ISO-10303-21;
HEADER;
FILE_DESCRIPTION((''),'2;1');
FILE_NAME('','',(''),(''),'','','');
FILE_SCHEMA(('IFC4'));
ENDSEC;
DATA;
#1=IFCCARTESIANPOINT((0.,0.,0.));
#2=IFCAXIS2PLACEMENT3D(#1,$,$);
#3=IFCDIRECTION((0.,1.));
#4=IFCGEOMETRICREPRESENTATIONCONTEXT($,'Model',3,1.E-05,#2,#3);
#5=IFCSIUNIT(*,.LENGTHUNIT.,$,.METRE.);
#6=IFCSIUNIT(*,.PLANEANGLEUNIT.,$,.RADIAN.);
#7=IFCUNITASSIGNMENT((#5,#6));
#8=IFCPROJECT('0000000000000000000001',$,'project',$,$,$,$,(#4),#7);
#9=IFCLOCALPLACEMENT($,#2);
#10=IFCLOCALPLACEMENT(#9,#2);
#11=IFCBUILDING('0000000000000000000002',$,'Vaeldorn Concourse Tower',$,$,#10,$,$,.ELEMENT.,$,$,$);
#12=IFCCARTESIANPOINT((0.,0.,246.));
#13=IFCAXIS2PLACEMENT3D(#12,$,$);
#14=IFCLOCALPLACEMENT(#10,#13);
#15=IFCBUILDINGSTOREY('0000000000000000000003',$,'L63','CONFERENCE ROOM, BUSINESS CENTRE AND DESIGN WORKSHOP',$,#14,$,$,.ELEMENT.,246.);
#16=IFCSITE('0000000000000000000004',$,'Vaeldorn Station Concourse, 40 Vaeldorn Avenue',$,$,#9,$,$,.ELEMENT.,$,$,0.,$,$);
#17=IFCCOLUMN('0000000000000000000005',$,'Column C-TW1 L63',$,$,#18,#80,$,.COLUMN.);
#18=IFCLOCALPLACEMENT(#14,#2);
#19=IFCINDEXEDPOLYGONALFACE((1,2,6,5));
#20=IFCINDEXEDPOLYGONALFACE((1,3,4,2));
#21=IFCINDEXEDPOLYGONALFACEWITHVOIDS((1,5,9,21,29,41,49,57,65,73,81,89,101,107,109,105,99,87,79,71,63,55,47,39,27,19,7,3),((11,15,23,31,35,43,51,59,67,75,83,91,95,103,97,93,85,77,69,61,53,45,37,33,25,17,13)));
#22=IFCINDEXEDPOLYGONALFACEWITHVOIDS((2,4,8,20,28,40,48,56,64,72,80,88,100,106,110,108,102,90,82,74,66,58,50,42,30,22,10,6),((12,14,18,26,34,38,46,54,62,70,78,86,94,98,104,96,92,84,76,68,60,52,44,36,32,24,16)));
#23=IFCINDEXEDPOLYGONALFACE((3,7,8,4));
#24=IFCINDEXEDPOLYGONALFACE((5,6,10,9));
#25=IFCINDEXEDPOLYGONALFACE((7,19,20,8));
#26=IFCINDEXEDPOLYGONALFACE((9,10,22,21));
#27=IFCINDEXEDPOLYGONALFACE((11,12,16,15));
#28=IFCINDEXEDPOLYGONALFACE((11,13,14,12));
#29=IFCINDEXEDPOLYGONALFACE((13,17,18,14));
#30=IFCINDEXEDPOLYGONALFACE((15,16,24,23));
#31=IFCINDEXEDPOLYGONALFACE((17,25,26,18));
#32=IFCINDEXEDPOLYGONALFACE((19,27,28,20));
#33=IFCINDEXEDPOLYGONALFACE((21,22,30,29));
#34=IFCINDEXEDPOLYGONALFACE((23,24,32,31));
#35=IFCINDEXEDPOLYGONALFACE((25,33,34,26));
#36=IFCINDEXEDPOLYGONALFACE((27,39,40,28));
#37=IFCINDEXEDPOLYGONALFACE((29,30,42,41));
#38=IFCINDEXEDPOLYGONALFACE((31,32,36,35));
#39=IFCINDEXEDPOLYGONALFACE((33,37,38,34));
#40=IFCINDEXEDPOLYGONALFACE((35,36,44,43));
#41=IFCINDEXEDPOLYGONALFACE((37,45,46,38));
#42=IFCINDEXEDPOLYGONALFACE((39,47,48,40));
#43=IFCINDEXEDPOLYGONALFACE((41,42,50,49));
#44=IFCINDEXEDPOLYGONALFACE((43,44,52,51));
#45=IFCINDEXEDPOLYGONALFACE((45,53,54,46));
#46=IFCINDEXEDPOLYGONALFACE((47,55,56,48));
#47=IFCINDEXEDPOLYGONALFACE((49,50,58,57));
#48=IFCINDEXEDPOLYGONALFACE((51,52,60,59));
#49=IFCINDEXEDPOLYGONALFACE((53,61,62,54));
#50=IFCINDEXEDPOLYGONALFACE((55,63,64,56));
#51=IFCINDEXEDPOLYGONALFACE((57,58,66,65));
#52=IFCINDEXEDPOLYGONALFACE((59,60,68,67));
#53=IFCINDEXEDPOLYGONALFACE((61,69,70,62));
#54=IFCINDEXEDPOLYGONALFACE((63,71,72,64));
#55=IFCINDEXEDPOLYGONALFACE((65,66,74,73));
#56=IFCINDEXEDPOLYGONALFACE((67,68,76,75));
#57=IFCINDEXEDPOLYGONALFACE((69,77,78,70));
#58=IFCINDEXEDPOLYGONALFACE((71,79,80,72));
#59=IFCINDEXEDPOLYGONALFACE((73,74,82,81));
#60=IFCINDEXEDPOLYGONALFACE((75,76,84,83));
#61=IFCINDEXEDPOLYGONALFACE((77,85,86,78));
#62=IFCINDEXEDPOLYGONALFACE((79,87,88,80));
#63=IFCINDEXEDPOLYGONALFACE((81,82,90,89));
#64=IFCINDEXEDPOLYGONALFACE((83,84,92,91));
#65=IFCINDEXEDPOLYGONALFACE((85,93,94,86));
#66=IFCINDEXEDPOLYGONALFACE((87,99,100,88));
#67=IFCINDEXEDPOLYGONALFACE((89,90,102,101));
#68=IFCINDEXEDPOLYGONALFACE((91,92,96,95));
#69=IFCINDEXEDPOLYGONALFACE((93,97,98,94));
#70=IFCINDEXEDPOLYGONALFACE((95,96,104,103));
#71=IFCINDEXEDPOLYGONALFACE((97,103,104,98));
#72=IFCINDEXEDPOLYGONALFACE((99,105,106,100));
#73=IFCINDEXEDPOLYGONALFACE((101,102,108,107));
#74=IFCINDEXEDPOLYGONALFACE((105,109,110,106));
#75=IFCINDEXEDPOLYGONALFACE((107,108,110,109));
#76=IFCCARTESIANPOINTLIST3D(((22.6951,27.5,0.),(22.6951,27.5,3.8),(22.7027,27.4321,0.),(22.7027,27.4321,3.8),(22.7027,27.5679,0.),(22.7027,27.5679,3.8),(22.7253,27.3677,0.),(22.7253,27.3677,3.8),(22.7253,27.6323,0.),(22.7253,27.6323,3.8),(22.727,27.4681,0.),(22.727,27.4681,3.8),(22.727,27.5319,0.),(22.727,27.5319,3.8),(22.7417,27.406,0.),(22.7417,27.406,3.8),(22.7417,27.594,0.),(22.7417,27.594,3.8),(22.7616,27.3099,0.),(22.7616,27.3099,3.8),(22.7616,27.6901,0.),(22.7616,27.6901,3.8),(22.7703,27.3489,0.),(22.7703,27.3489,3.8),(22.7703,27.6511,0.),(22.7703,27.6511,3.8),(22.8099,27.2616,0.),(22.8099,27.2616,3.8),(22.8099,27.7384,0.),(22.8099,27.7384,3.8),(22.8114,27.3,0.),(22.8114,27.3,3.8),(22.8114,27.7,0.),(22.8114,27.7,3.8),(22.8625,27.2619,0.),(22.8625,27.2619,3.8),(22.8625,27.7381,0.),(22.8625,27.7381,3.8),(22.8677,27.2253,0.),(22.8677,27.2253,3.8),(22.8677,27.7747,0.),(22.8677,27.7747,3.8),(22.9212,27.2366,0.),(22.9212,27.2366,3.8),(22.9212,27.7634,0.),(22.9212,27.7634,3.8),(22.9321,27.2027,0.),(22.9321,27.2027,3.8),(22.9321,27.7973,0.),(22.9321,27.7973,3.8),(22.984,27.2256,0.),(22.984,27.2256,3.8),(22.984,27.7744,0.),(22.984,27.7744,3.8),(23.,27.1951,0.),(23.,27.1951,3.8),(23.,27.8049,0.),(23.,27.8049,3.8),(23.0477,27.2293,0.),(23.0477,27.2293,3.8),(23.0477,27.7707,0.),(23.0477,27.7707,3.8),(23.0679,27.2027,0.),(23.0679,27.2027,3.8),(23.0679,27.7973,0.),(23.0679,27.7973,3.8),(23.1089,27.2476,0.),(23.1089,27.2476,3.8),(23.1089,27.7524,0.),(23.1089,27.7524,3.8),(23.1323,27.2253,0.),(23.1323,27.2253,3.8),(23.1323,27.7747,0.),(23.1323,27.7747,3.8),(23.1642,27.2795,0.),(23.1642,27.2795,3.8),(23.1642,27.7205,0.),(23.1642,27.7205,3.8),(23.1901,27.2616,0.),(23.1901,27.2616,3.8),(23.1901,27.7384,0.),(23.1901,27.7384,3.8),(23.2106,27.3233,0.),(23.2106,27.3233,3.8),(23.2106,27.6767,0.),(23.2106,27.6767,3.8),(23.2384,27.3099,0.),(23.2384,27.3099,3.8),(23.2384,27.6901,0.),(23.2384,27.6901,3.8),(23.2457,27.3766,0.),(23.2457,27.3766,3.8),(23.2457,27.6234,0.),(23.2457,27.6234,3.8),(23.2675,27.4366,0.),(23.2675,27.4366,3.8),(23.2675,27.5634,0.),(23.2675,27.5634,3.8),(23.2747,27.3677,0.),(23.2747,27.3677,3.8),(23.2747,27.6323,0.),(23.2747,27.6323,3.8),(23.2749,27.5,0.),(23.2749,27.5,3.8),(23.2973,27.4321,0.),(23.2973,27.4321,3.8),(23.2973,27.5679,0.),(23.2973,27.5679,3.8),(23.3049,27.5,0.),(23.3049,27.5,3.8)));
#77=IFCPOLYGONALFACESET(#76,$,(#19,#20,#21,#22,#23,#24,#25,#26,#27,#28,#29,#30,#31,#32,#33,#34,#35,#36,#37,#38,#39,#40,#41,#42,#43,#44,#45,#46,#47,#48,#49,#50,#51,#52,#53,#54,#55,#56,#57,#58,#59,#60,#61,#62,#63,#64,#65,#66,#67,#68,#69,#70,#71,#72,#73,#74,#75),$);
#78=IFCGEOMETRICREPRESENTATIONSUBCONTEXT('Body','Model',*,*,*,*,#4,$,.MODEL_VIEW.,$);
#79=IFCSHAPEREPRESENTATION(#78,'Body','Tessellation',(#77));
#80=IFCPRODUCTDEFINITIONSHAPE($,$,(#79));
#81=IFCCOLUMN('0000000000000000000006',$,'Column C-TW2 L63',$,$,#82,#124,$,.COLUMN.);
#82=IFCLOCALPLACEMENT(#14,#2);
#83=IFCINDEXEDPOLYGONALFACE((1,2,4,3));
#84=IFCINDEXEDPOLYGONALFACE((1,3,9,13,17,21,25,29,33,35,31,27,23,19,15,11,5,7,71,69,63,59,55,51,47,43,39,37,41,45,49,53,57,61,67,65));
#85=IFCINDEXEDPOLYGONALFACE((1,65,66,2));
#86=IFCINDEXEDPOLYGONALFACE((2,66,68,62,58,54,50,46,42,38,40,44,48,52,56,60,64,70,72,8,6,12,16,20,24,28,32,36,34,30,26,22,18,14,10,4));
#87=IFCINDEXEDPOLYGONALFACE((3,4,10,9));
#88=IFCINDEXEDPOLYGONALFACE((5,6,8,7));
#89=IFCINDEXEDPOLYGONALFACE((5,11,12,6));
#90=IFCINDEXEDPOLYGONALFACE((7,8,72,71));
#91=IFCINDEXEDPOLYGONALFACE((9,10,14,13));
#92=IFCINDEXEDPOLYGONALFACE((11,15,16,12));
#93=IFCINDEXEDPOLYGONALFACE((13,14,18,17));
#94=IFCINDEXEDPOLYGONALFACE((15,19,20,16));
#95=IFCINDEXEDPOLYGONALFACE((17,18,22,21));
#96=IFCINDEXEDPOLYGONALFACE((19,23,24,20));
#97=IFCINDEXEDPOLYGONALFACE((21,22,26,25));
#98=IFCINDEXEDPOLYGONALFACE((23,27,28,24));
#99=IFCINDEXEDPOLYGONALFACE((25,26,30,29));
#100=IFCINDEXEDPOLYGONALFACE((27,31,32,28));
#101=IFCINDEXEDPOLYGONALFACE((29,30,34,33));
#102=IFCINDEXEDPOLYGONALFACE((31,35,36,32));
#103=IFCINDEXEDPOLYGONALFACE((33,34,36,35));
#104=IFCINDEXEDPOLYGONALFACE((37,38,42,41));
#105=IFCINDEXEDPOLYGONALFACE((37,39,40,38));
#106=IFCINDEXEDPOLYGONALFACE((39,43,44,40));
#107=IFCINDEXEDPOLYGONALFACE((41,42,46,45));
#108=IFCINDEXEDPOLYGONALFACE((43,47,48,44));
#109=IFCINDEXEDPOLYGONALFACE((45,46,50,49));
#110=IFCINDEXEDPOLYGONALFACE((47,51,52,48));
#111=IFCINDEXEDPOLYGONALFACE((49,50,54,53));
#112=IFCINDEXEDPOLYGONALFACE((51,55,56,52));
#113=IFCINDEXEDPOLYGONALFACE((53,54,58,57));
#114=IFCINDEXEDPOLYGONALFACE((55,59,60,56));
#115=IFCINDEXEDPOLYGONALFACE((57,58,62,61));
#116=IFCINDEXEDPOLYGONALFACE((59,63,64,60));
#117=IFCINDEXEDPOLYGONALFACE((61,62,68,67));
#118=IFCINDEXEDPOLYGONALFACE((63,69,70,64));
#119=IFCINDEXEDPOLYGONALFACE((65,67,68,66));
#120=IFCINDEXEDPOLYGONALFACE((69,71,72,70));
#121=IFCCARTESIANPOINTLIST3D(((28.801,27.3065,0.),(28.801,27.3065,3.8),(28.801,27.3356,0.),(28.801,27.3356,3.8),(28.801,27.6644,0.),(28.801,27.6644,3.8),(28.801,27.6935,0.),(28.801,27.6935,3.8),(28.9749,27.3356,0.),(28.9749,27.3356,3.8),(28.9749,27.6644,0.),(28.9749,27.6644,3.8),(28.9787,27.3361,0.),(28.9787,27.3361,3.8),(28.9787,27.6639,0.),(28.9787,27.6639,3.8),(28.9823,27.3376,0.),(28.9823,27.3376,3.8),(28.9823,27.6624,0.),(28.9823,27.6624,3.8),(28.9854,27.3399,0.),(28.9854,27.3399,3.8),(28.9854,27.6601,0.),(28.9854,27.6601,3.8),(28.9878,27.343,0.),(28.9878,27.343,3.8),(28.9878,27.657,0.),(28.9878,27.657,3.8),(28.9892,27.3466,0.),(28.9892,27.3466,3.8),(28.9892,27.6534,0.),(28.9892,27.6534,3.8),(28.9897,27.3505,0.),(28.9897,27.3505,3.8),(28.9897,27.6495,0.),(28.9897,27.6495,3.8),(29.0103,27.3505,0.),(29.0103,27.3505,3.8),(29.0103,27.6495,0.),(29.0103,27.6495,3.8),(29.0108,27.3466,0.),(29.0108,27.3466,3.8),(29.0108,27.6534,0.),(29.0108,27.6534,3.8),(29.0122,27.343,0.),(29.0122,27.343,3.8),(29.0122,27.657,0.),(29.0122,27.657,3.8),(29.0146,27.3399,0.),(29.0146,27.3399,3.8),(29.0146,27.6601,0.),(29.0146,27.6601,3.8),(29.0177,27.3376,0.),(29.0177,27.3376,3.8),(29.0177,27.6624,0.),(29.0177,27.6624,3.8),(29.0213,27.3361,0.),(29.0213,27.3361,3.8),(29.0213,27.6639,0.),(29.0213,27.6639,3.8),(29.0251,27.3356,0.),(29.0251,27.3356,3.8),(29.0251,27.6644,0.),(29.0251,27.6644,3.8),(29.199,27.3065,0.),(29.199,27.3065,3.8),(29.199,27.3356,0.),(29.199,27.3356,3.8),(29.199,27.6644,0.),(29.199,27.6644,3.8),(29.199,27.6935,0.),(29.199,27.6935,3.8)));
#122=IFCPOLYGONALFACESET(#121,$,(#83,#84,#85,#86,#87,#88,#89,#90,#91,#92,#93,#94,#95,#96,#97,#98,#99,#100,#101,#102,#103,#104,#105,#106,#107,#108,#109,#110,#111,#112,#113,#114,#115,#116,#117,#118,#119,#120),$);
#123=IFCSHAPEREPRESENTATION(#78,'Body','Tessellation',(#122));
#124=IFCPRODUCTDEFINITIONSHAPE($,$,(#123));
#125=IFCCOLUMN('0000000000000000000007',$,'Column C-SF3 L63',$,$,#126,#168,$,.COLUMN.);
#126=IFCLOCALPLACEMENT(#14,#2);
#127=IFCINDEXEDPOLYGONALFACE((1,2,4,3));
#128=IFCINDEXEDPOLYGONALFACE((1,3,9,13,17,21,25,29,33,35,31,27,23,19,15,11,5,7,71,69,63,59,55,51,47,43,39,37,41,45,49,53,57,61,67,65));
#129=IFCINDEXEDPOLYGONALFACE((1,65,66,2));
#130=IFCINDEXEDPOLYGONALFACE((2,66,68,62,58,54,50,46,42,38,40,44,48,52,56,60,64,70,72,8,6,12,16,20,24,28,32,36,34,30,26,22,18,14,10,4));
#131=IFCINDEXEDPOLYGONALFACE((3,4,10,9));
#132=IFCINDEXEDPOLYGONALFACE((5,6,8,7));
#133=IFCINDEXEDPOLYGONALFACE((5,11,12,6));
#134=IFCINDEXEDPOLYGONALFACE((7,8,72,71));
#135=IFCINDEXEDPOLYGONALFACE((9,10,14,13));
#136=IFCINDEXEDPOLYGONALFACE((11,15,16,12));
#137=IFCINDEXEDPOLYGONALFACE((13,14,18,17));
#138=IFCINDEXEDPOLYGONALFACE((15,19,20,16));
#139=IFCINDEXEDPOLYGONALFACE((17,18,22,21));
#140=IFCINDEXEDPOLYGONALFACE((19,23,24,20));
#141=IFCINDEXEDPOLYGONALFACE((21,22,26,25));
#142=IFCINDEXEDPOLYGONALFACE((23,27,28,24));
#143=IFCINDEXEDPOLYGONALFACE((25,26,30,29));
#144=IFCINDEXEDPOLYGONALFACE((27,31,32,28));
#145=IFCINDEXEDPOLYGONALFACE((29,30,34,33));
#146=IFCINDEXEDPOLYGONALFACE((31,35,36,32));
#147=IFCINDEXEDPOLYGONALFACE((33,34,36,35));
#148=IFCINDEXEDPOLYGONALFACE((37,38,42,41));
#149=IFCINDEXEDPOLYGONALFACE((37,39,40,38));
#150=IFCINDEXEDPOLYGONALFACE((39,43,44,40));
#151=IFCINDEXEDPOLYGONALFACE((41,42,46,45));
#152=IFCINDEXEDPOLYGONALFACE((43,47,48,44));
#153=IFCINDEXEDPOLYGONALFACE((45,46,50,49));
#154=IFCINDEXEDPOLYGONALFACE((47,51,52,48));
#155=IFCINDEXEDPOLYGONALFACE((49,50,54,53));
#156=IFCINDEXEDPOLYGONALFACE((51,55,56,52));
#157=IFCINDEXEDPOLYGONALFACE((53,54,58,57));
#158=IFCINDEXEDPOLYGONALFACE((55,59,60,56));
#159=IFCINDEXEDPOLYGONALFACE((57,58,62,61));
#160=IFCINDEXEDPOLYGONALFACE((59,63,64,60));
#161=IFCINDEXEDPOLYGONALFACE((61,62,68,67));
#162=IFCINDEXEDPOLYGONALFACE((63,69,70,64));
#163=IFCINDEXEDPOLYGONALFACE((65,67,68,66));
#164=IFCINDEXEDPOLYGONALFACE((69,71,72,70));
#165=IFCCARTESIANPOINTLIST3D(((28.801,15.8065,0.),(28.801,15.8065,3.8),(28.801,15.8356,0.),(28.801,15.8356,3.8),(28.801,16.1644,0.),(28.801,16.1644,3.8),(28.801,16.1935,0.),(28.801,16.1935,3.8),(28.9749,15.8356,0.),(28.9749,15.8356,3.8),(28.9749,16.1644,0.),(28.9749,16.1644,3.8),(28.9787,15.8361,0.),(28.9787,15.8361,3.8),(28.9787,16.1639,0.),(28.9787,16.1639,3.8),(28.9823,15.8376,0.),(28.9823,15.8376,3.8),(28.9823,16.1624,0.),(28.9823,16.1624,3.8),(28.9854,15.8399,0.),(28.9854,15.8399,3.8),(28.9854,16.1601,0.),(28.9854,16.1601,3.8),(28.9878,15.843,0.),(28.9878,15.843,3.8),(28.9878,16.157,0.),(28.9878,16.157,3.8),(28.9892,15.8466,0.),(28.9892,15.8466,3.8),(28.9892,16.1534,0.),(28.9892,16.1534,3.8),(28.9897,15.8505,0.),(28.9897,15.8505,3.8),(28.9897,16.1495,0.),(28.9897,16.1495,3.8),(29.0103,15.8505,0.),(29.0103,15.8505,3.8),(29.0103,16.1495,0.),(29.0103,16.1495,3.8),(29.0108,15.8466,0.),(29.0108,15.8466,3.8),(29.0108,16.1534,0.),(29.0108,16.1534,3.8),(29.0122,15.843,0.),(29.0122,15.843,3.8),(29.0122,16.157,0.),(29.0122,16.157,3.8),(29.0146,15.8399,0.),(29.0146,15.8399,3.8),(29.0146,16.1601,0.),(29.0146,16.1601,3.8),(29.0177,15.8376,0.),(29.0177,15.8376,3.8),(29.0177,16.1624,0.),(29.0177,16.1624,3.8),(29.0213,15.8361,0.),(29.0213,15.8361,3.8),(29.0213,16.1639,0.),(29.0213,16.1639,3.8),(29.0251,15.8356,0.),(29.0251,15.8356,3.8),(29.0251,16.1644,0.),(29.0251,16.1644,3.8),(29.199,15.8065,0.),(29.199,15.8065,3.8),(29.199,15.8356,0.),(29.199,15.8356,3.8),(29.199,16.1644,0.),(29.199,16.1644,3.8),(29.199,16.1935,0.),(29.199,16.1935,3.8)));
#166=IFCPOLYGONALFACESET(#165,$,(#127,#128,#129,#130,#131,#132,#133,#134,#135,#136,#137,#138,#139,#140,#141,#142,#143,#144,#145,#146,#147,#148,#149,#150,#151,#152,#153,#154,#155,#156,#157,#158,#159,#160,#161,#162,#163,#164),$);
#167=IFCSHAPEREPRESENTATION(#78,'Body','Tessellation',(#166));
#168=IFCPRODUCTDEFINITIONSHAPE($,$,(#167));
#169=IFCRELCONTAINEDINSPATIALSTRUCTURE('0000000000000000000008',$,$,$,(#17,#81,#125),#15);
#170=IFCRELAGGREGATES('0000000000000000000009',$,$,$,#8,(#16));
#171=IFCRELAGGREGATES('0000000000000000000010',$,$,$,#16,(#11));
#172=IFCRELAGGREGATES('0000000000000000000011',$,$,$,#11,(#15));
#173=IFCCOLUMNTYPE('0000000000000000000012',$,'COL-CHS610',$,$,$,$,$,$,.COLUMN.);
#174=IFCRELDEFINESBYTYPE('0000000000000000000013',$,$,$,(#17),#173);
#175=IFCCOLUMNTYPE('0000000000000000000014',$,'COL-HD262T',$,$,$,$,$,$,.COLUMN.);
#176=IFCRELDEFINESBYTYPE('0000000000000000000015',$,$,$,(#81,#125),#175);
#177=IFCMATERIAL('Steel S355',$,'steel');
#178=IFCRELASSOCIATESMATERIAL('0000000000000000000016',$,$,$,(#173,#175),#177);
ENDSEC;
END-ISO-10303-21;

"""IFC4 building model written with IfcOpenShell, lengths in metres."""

from ifc_helpers import new_model, si_unit, direction, frame, origin, origin_2d, place, context, subcontext, project, spatial, hollow_circle, i_section, extrude, source, transform, mapped, material, material_profile, profile_set, type_object, element, save


model = new_model("IFC4")

# Units and contexts
model_context = context("Model", 3, precision=1e-05, world=origin(), true_north=direction((0.0, 1.0)))
body_context = subcontext(model_context, "Body", "Model", "MODEL_VIEW")
ifc_project = project(units=[si_unit("LENGTHUNIT", "METRE"), si_unit("PLANEANGLEUNIT", "RADIAN")], contexts=[model_context])

# Site, building, storey
site_placement = place(None, origin())
site = spatial("IfcSite", under=ifc_project, at=site_placement, Name="Vaeldorn Station Concourse, 40 Vaeldorn Avenue", CompositionType="ELEMENT", RefElevation=0.0)
building_placement = place(site_placement, origin())
building = spatial("IfcBuilding", under=site, at=building_placement, Name="Vaeldorn Concourse Tower", CompositionType="ELEMENT")
storey_placement = place(building_placement, frame((0.0, 0.0, 246.0)))
storey = spatial("IfcBuildingStorey", under=building, at=storey_placement, Name="L63", Description="CONFERENCE ROOM, BUSINESS CENTRE AND DESIGN WORKSHOP", CompositionType="ELEMENT", Elevation=246.0)

# Columns
ifc_material_1 = material(Name="Steel S355", Category="steel")
ifc_material_profile_1 = material_profile(ifc_material_1, hollow_circle(Radius=0.3049, WallThickness=0.03, at=origin_2d()), Name="CHS 610x30")
ifc_profile_set_1 = profile_set([ifc_material_profile_1], Name="Steel S355")
column_type_1 = type_object("IfcColumnType", Name="COL-CHS610", PredefinedType="COLUMN", material=ifc_profile_set_1)
shared_shape_1 = source(origin(), body_context, "Body", "SweptSolid", [
    extrude(hollow_circle(Radius=0.3049, WallThickness=0.03, at=origin_2d()), origin(), (0.0, 0.0, 1.0), 3.8),
])
column_placement = place(storey_placement, frame((23.0, 27.5, 0.0), z_axis=(0.0, 0.0, 1.0), x_axis=(1.0, 0.0, 0.0)))
element("IfcColumn", 1, at=column_placement, inside=storey, type_object=column_type_1, Name="Column C-TW1 L63", PredefinedType="COLUMN", context=body_context, shape_type="MappedRepresentation", body=[
    mapped(shared_shape_1, transform((0.0, 0.0, 0.0), scale=1.0)),
])
ifc_material_profile_2 = material_profile(ifc_material_1, i_section(OverallWidth=0.3979, OverallDepth=0.387, WebThickness=0.0205, FlangeThickness=0.0291, FilletRadius=0.0149, at=origin_2d()), Name="HD 400x262")
ifc_profile_set_2 = profile_set([ifc_material_profile_2], Name="Steel S355")
column_type_2 = type_object("IfcColumnType", Name="COL-HD262T", PredefinedType="COLUMN", material=ifc_profile_set_2)
shared_shape_2 = source(origin(), body_context, "Body", "SweptSolid", [
    extrude(i_section(OverallWidth=0.3979, OverallDepth=0.387, WebThickness=0.0205, FlangeThickness=0.0291, FilletRadius=0.0149, at=origin_2d()), origin(), (0.0, 0.0, 1.0), 3.8),
])
for number, where, z_axis, x_axis, name in (
    (2, (29.0, 27.5, 0.0), (0.0, 0.0, 1.0), (1.0, 0.0, 0.0), "Column C-TW2 L63"),
    (3, (29.0, 16.0, 0.0), (0.0, 0.0, 1.0), (1.0, 0.0, 0.0), "Column C-SF3 L63"),
):
    element("IfcColumn", number, at=place(storey_placement, frame(where, z_axis=z_axis, x_axis=x_axis)), inside=storey, type_object=column_type_2, Name=name, PredefinedType="COLUMN", context=body_context, shape_type="MappedRepresentation", body=[
        mapped(shared_shape_2, transform((0.0, 0.0, 0.0), scale=1.0)),
    ])

save(model, "model.ifc")
